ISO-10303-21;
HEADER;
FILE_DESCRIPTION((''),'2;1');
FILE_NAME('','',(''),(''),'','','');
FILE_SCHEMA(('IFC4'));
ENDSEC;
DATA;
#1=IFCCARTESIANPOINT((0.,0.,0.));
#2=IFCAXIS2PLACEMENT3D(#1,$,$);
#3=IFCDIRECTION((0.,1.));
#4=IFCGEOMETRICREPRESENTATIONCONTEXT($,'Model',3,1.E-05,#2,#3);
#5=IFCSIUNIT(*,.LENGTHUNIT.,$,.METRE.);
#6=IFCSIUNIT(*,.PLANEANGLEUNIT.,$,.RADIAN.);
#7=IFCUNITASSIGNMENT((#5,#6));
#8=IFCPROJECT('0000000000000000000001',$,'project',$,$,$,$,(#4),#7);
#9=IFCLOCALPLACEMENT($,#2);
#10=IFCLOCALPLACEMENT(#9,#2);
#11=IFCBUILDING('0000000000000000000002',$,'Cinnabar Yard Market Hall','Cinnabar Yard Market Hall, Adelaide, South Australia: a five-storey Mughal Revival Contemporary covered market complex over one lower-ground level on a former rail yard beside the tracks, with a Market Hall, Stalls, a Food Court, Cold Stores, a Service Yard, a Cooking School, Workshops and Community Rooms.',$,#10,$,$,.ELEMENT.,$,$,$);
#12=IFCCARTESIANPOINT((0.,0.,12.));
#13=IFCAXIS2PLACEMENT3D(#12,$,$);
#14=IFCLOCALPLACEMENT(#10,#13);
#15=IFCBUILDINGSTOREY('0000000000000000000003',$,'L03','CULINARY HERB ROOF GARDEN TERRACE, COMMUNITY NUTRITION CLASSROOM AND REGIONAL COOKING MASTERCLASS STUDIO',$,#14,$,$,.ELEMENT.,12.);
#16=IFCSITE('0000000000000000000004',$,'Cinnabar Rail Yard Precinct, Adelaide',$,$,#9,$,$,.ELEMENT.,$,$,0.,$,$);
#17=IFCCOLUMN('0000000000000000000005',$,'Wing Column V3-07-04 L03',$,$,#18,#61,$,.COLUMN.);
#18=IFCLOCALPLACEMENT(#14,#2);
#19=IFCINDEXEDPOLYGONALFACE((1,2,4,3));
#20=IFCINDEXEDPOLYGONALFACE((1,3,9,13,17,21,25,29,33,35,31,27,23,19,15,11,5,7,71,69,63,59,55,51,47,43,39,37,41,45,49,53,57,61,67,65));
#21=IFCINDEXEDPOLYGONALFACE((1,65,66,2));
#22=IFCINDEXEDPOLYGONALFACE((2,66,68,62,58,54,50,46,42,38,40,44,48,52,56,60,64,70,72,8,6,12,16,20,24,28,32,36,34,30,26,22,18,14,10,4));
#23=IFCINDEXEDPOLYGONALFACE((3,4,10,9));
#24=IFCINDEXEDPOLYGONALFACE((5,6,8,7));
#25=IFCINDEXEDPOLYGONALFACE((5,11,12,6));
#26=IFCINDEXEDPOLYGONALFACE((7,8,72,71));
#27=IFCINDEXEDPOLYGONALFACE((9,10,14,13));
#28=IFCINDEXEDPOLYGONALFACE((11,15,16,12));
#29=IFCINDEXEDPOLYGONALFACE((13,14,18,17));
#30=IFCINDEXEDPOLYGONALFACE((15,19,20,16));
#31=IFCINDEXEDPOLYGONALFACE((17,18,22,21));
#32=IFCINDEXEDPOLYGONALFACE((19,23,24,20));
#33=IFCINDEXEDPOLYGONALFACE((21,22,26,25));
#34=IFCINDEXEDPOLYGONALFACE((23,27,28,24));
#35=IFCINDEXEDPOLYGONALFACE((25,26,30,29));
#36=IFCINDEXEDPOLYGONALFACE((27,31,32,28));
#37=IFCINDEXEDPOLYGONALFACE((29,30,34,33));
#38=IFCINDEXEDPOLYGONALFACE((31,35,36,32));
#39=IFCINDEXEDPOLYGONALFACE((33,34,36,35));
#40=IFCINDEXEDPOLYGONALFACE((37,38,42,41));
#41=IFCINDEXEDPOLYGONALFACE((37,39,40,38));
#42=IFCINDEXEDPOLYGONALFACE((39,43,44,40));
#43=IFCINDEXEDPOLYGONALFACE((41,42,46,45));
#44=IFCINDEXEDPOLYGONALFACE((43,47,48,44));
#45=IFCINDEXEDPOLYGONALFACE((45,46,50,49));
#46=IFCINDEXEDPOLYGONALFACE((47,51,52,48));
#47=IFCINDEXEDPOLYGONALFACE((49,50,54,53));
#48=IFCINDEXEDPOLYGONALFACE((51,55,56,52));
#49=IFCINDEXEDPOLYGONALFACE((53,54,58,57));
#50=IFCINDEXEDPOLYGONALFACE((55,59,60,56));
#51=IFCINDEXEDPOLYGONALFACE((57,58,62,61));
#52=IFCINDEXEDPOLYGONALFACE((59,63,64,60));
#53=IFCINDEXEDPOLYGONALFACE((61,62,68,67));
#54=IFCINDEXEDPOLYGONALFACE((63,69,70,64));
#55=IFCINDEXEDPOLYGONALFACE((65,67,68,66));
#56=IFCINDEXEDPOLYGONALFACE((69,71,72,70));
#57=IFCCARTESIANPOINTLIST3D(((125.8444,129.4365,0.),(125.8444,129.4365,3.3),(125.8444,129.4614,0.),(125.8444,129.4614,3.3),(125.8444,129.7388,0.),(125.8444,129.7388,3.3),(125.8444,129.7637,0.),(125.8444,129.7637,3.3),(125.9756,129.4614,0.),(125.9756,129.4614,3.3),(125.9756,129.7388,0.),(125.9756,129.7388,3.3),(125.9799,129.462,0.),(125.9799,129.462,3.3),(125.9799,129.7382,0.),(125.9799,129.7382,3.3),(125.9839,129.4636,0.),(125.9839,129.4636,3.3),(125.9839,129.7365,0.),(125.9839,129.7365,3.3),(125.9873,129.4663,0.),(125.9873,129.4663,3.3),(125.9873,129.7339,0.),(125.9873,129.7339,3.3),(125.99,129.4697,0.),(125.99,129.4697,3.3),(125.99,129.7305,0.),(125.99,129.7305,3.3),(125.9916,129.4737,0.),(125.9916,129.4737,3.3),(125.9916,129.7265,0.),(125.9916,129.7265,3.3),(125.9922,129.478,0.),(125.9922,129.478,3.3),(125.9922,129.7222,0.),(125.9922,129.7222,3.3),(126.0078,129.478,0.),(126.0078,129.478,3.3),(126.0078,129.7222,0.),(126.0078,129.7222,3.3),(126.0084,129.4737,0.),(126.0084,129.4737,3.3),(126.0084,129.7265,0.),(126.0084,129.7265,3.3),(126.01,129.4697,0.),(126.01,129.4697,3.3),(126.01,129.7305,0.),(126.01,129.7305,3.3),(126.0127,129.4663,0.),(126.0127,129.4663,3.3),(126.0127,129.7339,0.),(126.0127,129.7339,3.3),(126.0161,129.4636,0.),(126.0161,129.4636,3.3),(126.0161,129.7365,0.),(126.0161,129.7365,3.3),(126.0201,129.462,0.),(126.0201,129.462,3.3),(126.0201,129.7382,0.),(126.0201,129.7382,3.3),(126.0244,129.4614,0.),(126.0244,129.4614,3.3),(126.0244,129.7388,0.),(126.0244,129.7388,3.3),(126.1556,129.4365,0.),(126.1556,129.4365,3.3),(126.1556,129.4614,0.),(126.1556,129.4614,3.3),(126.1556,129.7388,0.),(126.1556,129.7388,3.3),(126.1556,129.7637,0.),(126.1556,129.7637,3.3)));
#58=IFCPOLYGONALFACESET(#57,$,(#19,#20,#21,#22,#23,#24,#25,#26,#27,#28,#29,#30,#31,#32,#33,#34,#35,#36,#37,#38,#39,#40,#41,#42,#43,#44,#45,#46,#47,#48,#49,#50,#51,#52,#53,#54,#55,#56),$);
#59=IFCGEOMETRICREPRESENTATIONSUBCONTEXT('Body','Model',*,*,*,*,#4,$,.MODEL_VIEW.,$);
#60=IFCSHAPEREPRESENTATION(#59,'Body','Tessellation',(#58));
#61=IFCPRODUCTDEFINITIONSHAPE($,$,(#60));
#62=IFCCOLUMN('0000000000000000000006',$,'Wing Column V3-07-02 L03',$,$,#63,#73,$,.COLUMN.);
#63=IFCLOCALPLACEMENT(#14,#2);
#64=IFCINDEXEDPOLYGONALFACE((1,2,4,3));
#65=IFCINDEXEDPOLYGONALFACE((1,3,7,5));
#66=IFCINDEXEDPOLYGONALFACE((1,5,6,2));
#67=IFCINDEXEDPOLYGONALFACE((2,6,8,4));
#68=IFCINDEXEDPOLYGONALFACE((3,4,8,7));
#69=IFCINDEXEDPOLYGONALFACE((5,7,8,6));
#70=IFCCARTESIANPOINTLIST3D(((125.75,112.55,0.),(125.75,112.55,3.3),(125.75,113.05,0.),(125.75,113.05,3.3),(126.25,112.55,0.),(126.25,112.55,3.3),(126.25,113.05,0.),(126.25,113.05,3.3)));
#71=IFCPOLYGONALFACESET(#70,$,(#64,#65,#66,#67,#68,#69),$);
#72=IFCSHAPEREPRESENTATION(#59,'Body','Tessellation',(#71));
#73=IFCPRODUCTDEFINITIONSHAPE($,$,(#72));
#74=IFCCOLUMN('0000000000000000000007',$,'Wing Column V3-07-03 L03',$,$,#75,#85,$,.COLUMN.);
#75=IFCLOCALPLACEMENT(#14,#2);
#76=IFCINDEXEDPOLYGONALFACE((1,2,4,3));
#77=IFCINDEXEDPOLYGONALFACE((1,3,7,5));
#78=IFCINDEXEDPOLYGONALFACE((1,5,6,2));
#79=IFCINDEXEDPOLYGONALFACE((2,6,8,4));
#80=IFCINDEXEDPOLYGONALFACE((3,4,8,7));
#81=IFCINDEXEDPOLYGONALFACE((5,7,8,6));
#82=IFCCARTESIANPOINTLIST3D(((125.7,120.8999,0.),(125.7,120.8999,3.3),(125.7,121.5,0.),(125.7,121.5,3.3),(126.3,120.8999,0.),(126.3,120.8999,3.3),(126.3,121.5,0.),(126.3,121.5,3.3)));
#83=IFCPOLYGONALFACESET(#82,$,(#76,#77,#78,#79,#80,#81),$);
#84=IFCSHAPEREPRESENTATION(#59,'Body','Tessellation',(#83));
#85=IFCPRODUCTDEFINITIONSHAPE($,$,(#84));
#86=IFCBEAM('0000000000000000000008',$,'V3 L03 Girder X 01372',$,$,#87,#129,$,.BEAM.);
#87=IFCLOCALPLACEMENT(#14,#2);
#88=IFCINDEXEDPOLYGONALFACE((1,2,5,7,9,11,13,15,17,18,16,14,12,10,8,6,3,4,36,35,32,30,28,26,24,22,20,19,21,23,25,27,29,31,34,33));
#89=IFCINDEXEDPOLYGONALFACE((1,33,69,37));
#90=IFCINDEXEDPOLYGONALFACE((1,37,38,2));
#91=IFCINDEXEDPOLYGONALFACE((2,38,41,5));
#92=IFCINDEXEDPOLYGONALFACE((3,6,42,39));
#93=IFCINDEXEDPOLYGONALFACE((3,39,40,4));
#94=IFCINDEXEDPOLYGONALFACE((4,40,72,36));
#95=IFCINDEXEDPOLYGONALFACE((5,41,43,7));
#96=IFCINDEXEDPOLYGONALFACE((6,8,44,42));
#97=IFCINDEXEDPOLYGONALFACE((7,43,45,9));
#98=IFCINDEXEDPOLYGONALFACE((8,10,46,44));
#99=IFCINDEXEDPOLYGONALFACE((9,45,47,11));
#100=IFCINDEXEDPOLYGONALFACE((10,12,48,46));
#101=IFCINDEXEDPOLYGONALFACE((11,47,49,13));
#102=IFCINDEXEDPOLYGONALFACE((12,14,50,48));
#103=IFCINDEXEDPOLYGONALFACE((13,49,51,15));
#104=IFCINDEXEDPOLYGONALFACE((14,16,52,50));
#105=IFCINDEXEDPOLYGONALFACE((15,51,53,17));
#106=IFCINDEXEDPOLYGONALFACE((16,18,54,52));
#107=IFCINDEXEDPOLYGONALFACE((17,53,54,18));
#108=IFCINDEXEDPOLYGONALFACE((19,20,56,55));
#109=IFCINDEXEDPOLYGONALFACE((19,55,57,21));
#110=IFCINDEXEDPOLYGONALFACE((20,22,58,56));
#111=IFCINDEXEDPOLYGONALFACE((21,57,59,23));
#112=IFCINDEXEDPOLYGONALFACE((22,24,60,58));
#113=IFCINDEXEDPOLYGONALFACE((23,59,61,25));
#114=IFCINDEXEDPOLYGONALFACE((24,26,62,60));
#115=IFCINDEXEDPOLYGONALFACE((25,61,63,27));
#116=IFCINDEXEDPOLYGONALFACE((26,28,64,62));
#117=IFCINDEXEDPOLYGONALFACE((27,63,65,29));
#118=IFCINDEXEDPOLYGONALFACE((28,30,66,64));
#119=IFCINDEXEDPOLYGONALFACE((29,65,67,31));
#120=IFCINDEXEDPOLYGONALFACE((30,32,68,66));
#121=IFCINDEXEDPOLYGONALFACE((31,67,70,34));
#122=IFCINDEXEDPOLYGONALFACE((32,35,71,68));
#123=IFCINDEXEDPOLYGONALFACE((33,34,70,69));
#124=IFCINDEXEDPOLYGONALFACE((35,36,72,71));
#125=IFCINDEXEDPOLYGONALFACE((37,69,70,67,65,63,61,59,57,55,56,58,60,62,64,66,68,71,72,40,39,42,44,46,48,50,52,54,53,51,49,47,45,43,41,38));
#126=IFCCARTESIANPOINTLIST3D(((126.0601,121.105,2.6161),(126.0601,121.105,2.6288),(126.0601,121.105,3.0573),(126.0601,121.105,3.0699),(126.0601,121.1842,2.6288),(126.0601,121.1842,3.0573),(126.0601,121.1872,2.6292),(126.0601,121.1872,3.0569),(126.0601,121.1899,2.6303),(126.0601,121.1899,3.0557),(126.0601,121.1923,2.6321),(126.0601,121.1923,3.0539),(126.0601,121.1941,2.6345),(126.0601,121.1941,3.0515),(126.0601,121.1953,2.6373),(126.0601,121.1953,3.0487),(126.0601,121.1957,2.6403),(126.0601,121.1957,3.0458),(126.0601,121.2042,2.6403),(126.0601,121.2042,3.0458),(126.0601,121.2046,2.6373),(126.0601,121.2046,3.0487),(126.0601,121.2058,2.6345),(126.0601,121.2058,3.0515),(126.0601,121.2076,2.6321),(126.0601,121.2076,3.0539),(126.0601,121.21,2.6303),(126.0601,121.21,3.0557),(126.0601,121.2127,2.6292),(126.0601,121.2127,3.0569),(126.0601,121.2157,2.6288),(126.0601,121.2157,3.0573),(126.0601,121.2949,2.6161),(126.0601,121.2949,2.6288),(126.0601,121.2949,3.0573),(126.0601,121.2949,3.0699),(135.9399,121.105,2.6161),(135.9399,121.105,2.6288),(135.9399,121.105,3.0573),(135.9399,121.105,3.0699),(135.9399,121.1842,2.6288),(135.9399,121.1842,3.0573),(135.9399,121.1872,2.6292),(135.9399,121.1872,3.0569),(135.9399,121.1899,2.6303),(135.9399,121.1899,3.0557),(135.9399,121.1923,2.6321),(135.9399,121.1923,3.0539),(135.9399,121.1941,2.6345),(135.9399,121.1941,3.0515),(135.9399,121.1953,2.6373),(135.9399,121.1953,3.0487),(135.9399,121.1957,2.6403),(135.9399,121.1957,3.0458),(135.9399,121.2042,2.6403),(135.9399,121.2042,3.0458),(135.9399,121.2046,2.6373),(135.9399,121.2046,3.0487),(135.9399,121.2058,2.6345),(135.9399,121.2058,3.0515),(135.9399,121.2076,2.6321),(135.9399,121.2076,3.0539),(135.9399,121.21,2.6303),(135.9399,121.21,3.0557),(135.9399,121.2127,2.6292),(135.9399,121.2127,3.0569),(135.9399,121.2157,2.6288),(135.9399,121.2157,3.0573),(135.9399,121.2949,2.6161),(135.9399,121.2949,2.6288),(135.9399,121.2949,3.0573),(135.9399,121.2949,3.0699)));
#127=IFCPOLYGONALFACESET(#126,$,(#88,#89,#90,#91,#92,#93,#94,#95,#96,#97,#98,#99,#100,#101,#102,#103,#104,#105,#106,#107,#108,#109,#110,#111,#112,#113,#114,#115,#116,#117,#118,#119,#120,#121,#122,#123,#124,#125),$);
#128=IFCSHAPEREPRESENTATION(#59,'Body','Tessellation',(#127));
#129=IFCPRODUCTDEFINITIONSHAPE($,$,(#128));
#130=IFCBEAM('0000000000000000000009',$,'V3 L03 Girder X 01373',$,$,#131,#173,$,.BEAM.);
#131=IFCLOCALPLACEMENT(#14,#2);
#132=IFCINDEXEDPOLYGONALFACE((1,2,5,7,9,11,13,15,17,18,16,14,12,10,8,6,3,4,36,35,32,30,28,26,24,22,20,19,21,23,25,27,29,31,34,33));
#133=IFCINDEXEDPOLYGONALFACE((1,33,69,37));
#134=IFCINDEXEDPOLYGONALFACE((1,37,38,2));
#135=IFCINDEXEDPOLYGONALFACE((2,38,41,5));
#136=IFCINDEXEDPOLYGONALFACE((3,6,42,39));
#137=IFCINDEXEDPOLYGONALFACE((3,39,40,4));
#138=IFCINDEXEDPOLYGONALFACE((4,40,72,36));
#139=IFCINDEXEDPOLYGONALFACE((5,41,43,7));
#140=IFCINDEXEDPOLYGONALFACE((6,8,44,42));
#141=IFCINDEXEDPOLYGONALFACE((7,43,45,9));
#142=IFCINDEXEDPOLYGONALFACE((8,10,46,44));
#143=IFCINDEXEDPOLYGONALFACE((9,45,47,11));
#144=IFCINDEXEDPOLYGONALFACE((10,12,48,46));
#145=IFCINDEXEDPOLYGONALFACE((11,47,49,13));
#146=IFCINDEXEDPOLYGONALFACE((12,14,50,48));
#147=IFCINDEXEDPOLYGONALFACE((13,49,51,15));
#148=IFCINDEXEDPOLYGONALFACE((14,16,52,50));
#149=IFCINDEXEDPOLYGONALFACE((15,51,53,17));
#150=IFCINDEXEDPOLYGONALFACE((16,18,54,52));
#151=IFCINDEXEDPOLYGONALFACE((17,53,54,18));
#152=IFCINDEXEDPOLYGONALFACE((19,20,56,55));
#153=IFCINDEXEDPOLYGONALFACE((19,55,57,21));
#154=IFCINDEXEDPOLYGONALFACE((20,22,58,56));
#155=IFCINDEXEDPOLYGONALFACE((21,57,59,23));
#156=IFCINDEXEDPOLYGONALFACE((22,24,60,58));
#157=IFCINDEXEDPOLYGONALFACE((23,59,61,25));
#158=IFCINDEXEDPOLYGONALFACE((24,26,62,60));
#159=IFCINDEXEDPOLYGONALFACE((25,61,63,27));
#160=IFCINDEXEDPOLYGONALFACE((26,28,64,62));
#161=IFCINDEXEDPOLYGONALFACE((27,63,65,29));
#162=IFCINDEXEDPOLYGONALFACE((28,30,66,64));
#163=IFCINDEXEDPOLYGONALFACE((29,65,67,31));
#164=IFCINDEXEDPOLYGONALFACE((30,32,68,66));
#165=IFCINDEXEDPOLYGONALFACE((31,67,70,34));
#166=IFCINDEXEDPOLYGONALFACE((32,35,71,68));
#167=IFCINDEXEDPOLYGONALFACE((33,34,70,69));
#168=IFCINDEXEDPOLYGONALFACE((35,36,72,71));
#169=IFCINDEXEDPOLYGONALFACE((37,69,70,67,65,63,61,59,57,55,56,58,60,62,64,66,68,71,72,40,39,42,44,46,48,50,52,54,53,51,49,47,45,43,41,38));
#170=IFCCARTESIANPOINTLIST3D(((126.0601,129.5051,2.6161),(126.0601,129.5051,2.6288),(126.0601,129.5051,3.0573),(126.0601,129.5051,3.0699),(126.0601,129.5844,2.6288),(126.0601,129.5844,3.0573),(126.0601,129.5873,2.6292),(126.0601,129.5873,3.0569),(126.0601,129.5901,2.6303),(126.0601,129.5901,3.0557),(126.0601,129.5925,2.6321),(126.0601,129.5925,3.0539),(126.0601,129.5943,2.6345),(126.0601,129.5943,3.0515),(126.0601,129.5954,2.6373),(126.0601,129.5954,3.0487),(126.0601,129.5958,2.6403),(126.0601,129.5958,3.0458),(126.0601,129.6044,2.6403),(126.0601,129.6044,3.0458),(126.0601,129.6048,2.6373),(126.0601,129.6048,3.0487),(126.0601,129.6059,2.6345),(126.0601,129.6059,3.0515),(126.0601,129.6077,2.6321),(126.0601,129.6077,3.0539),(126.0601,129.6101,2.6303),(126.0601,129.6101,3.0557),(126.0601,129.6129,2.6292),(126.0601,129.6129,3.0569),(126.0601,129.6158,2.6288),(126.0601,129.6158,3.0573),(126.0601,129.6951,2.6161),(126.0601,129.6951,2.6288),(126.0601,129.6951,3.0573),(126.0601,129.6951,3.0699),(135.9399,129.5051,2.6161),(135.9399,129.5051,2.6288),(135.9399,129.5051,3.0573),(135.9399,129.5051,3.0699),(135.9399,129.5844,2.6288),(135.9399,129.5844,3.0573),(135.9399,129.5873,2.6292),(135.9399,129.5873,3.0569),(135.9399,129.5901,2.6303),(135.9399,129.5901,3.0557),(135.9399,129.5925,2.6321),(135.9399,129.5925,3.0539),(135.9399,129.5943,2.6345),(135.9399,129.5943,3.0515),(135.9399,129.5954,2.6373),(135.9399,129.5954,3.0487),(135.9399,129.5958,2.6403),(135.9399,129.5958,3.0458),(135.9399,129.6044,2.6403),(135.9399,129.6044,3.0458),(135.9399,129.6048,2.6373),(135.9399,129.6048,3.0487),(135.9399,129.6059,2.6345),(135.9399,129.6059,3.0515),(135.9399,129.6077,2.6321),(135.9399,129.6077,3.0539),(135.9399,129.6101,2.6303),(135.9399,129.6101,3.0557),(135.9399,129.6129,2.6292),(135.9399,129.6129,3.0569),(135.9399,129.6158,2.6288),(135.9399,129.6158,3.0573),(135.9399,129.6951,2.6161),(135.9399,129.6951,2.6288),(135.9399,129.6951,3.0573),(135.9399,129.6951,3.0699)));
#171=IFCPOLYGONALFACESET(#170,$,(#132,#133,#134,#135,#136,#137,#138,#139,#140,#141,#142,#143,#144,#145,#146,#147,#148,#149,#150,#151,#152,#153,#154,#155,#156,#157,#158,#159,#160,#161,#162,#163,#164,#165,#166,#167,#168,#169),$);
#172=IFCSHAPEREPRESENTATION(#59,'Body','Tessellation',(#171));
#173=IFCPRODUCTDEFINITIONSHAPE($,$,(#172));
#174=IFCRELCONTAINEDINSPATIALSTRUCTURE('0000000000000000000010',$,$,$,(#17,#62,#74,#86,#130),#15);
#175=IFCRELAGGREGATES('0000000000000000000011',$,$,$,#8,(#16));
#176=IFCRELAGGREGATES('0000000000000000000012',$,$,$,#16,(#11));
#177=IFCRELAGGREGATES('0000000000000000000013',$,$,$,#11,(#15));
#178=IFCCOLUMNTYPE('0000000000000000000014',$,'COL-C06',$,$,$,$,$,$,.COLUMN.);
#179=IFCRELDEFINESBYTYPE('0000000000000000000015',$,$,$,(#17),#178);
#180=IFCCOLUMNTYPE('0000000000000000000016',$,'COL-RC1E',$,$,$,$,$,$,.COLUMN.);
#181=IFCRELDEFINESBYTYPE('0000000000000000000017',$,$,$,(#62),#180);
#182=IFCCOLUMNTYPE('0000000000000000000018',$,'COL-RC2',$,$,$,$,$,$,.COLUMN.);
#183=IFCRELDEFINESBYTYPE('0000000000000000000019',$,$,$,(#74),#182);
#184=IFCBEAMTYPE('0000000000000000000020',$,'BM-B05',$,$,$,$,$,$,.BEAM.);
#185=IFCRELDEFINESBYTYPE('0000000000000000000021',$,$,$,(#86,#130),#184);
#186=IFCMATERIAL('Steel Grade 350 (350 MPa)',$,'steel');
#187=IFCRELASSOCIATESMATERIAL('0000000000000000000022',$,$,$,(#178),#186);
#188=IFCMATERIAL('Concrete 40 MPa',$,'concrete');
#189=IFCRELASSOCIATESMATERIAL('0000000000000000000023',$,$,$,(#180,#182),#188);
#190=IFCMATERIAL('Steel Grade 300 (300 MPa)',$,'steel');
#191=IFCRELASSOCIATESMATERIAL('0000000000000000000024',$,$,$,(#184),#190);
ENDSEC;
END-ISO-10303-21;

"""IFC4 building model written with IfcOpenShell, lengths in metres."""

from ifc_helpers import new_model, si_unit, direction, frame, origin, origin_2d_with_axis, place, context, subcontext, project, spatial, rectangle, i_section, extrude, material, material_profile, profile_set, type_object, element, save


model = new_model("IFC4")

# Units and contexts
model_context = context("Model", 3, precision=1e-05, world=origin(), true_north=direction((0.0, 1.0)))
body_context = subcontext(model_context, "Body", "Model", "MODEL_VIEW")
ifc_project = project(units=[si_unit("LENGTHUNIT", "METRE"), si_unit("PLANEANGLEUNIT", "RADIAN")], contexts=[model_context])

# Site, building, storey
site_placement = place(None, origin())
site = spatial("IfcSite", under=ifc_project, at=site_placement, Name="Cinnabar Rail Yard Precinct, Adelaide", CompositionType="ELEMENT", RefElevation=0.0)
building_placement = place(site_placement, origin())
building = spatial("IfcBuilding", under=site, at=building_placement, Name="Cinnabar Yard Market Hall", Description="Cinnabar Yard Market Hall, Adelaide, South Australia: a five-storey Mughal Revival Contemporary covered market complex over one lower-ground level on a former rail yard beside the tracks, with a Market Hall, Stalls, a Food Court, Cold Stores, a Service Yard, a Cooking School, Workshops and Community Rooms.", CompositionType="ELEMENT")
storey_placement = place(building_placement, frame((0.0, 0.0, 12.0)))
storey = spatial("IfcBuildingStorey", under=building, at=storey_placement, Name="L03", Description="CULINARY HERB ROOF GARDEN TERRACE, COMMUNITY NUTRITION CLASSROOM AND REGIONAL COOKING MASTERCLASS STUDIO", CompositionType="ELEMENT", Elevation=12.0)

# Columns
ifc_material_1 = material(Name="Steel Grade 350 (350 MPa)", Category="steel")
ifc_material_profile_1 = material_profile(ifc_material_1, i_section(OverallWidth=0.3113, OverallDepth=0.3271, WebThickness=0.0156, FlangeThickness=0.0249, FilletRadius=0.0166, at=origin_2d_with_axis()), Name="310UC158")
ifc_profile_set_1 = profile_set([ifc_material_profile_1], Name="Steel Grade 350 (350 MPa)")
column_type_1 = type_object("IfcColumnType", Name="COL-C06", PredefinedType="COLUMN", material=ifc_profile_set_1)
column_1_placement = place(storey_placement, frame((126.0, 129.6001, 0.0), z_axis=(0.0, 0.0, 1.0), x_axis=(1.0, 0.0, 0.0)))
element("IfcColumn", 1, at=column_1_placement, inside=storey, type_object=column_type_1, Name="Wing Column V3-07-04 L03", PredefinedType="COLUMN", context=body_context, shape_type="SweptSolid", body=[
    extrude(i_section(OverallWidth=0.3113, OverallDepth=0.3271, WebThickness=0.0156, FlangeThickness=0.0249, FilletRadius=0.0166, at=origin_2d_with_axis()), origin(), (0.0, 0.0, 1.0), 3.3),
])
ifc_material_2 = material(Name="Concrete 40 MPa", Category="concrete")
ifc_material_profile_2 = material_profile(ifc_material_2, rectangle(XDim=0.5, YDim=0.5, at=origin_2d_with_axis()), Name="RC-500x500")
ifc_profile_set_2 = profile_set([ifc_material_profile_2], Name="Concrete 40 MPa")
column_type_2 = type_object("IfcColumnType", Name="COL-RC1E", PredefinedType="COLUMN", material=ifc_profile_set_2)
column_2_placement = place(storey_placement, frame((126.0, 112.8, 0.0), z_axis=(0.0, 0.0, 1.0), x_axis=(1.0, 0.0, 0.0)))
element("IfcColumn", 2, at=column_2_placement, inside=storey, type_object=column_type_2, Name="Wing Column V3-07-02 L03", PredefinedType="COLUMN", context=body_context, shape_type="SweptSolid", body=[
    extrude(rectangle(XDim=0.5, YDim=0.5, at=origin_2d_with_axis()), origin(), (0.0, 0.0, 1.0), 3.3),
])
ifc_material_profile_3 = material_profile(ifc_material_2, rectangle(XDim=0.6001, YDim=0.6001, at=origin_2d_with_axis()), Name="RC-600x600")
ifc_profile_set_3 = profile_set([ifc_material_profile_3], Name="Concrete 40 MPa")
column_type_3 = type_object("IfcColumnType", Name="COL-RC2", PredefinedType="COLUMN", material=ifc_profile_set_3)
column_3_placement = place(storey_placement, frame((126.0, 121.2, 0.0), z_axis=(0.0, 0.0, 1.0), x_axis=(1.0, 0.0, 0.0)))
element("IfcColumn", 3, at=column_3_placement, inside=storey, type_object=column_type_3, Name="Wing Column V3-07-03 L03", PredefinedType="COLUMN", context=body_context, shape_type="SweptSolid", body=[
    extrude(rectangle(XDim=0.6001, YDim=0.6001, at=origin_2d_with_axis()), origin(), (0.0, 0.0, 1.0), 3.3),
])

# Beams
ifc_material_3 = material(Name="Steel Grade 300 (300 MPa)", Category="steel")
ifc_material_profile_4 = material_profile(ifc_material_3, i_section(OverallWidth=0.1899, OverallDepth=0.4539, WebThickness=0.0085, FlangeThickness=0.0127, FilletRadius=0.0115, at=origin_2d_with_axis()), Name="460UB67.1")
ifc_profile_set_4 = profile_set([ifc_material_profile_4], Name="Steel Grade 300 (300 MPa)")
beam_type_1 = type_object("IfcBeamType", Name="BM-B05", PredefinedType="BEAM", material=ifc_profile_set_4)
for number, where, z_axis, x_axis, name in (
    (4, (126.0601, 121.2, 2.843), (1.0, 0.0, 0.0), (0.0, 1.0, 0.0), "V3 L03 Girder X 01372"),
    (5, (126.0601, 129.6001, 2.843), (1.0, 0.0, 0.0), (0.0, 1.0, 0.0), "V3 L03 Girder X 01373"),
):
    element("IfcBeam", number, at=place(storey_placement, frame(where, z_axis=z_axis, x_axis=x_axis)), inside=storey, type_object=beam_type_1, Name=name, PredefinedType="BEAM", context=body_context, shape_type="SweptSolid", body=[
        extrude(i_section(OverallWidth=0.1899, OverallDepth=0.4539, WebThickness=0.0085, FlangeThickness=0.0127, FilletRadius=0.0115, at=origin_2d_with_axis()), origin(), (0.0, 0.0, 1.0), 9.8799),
    ])

save(model, "model.ifc")
